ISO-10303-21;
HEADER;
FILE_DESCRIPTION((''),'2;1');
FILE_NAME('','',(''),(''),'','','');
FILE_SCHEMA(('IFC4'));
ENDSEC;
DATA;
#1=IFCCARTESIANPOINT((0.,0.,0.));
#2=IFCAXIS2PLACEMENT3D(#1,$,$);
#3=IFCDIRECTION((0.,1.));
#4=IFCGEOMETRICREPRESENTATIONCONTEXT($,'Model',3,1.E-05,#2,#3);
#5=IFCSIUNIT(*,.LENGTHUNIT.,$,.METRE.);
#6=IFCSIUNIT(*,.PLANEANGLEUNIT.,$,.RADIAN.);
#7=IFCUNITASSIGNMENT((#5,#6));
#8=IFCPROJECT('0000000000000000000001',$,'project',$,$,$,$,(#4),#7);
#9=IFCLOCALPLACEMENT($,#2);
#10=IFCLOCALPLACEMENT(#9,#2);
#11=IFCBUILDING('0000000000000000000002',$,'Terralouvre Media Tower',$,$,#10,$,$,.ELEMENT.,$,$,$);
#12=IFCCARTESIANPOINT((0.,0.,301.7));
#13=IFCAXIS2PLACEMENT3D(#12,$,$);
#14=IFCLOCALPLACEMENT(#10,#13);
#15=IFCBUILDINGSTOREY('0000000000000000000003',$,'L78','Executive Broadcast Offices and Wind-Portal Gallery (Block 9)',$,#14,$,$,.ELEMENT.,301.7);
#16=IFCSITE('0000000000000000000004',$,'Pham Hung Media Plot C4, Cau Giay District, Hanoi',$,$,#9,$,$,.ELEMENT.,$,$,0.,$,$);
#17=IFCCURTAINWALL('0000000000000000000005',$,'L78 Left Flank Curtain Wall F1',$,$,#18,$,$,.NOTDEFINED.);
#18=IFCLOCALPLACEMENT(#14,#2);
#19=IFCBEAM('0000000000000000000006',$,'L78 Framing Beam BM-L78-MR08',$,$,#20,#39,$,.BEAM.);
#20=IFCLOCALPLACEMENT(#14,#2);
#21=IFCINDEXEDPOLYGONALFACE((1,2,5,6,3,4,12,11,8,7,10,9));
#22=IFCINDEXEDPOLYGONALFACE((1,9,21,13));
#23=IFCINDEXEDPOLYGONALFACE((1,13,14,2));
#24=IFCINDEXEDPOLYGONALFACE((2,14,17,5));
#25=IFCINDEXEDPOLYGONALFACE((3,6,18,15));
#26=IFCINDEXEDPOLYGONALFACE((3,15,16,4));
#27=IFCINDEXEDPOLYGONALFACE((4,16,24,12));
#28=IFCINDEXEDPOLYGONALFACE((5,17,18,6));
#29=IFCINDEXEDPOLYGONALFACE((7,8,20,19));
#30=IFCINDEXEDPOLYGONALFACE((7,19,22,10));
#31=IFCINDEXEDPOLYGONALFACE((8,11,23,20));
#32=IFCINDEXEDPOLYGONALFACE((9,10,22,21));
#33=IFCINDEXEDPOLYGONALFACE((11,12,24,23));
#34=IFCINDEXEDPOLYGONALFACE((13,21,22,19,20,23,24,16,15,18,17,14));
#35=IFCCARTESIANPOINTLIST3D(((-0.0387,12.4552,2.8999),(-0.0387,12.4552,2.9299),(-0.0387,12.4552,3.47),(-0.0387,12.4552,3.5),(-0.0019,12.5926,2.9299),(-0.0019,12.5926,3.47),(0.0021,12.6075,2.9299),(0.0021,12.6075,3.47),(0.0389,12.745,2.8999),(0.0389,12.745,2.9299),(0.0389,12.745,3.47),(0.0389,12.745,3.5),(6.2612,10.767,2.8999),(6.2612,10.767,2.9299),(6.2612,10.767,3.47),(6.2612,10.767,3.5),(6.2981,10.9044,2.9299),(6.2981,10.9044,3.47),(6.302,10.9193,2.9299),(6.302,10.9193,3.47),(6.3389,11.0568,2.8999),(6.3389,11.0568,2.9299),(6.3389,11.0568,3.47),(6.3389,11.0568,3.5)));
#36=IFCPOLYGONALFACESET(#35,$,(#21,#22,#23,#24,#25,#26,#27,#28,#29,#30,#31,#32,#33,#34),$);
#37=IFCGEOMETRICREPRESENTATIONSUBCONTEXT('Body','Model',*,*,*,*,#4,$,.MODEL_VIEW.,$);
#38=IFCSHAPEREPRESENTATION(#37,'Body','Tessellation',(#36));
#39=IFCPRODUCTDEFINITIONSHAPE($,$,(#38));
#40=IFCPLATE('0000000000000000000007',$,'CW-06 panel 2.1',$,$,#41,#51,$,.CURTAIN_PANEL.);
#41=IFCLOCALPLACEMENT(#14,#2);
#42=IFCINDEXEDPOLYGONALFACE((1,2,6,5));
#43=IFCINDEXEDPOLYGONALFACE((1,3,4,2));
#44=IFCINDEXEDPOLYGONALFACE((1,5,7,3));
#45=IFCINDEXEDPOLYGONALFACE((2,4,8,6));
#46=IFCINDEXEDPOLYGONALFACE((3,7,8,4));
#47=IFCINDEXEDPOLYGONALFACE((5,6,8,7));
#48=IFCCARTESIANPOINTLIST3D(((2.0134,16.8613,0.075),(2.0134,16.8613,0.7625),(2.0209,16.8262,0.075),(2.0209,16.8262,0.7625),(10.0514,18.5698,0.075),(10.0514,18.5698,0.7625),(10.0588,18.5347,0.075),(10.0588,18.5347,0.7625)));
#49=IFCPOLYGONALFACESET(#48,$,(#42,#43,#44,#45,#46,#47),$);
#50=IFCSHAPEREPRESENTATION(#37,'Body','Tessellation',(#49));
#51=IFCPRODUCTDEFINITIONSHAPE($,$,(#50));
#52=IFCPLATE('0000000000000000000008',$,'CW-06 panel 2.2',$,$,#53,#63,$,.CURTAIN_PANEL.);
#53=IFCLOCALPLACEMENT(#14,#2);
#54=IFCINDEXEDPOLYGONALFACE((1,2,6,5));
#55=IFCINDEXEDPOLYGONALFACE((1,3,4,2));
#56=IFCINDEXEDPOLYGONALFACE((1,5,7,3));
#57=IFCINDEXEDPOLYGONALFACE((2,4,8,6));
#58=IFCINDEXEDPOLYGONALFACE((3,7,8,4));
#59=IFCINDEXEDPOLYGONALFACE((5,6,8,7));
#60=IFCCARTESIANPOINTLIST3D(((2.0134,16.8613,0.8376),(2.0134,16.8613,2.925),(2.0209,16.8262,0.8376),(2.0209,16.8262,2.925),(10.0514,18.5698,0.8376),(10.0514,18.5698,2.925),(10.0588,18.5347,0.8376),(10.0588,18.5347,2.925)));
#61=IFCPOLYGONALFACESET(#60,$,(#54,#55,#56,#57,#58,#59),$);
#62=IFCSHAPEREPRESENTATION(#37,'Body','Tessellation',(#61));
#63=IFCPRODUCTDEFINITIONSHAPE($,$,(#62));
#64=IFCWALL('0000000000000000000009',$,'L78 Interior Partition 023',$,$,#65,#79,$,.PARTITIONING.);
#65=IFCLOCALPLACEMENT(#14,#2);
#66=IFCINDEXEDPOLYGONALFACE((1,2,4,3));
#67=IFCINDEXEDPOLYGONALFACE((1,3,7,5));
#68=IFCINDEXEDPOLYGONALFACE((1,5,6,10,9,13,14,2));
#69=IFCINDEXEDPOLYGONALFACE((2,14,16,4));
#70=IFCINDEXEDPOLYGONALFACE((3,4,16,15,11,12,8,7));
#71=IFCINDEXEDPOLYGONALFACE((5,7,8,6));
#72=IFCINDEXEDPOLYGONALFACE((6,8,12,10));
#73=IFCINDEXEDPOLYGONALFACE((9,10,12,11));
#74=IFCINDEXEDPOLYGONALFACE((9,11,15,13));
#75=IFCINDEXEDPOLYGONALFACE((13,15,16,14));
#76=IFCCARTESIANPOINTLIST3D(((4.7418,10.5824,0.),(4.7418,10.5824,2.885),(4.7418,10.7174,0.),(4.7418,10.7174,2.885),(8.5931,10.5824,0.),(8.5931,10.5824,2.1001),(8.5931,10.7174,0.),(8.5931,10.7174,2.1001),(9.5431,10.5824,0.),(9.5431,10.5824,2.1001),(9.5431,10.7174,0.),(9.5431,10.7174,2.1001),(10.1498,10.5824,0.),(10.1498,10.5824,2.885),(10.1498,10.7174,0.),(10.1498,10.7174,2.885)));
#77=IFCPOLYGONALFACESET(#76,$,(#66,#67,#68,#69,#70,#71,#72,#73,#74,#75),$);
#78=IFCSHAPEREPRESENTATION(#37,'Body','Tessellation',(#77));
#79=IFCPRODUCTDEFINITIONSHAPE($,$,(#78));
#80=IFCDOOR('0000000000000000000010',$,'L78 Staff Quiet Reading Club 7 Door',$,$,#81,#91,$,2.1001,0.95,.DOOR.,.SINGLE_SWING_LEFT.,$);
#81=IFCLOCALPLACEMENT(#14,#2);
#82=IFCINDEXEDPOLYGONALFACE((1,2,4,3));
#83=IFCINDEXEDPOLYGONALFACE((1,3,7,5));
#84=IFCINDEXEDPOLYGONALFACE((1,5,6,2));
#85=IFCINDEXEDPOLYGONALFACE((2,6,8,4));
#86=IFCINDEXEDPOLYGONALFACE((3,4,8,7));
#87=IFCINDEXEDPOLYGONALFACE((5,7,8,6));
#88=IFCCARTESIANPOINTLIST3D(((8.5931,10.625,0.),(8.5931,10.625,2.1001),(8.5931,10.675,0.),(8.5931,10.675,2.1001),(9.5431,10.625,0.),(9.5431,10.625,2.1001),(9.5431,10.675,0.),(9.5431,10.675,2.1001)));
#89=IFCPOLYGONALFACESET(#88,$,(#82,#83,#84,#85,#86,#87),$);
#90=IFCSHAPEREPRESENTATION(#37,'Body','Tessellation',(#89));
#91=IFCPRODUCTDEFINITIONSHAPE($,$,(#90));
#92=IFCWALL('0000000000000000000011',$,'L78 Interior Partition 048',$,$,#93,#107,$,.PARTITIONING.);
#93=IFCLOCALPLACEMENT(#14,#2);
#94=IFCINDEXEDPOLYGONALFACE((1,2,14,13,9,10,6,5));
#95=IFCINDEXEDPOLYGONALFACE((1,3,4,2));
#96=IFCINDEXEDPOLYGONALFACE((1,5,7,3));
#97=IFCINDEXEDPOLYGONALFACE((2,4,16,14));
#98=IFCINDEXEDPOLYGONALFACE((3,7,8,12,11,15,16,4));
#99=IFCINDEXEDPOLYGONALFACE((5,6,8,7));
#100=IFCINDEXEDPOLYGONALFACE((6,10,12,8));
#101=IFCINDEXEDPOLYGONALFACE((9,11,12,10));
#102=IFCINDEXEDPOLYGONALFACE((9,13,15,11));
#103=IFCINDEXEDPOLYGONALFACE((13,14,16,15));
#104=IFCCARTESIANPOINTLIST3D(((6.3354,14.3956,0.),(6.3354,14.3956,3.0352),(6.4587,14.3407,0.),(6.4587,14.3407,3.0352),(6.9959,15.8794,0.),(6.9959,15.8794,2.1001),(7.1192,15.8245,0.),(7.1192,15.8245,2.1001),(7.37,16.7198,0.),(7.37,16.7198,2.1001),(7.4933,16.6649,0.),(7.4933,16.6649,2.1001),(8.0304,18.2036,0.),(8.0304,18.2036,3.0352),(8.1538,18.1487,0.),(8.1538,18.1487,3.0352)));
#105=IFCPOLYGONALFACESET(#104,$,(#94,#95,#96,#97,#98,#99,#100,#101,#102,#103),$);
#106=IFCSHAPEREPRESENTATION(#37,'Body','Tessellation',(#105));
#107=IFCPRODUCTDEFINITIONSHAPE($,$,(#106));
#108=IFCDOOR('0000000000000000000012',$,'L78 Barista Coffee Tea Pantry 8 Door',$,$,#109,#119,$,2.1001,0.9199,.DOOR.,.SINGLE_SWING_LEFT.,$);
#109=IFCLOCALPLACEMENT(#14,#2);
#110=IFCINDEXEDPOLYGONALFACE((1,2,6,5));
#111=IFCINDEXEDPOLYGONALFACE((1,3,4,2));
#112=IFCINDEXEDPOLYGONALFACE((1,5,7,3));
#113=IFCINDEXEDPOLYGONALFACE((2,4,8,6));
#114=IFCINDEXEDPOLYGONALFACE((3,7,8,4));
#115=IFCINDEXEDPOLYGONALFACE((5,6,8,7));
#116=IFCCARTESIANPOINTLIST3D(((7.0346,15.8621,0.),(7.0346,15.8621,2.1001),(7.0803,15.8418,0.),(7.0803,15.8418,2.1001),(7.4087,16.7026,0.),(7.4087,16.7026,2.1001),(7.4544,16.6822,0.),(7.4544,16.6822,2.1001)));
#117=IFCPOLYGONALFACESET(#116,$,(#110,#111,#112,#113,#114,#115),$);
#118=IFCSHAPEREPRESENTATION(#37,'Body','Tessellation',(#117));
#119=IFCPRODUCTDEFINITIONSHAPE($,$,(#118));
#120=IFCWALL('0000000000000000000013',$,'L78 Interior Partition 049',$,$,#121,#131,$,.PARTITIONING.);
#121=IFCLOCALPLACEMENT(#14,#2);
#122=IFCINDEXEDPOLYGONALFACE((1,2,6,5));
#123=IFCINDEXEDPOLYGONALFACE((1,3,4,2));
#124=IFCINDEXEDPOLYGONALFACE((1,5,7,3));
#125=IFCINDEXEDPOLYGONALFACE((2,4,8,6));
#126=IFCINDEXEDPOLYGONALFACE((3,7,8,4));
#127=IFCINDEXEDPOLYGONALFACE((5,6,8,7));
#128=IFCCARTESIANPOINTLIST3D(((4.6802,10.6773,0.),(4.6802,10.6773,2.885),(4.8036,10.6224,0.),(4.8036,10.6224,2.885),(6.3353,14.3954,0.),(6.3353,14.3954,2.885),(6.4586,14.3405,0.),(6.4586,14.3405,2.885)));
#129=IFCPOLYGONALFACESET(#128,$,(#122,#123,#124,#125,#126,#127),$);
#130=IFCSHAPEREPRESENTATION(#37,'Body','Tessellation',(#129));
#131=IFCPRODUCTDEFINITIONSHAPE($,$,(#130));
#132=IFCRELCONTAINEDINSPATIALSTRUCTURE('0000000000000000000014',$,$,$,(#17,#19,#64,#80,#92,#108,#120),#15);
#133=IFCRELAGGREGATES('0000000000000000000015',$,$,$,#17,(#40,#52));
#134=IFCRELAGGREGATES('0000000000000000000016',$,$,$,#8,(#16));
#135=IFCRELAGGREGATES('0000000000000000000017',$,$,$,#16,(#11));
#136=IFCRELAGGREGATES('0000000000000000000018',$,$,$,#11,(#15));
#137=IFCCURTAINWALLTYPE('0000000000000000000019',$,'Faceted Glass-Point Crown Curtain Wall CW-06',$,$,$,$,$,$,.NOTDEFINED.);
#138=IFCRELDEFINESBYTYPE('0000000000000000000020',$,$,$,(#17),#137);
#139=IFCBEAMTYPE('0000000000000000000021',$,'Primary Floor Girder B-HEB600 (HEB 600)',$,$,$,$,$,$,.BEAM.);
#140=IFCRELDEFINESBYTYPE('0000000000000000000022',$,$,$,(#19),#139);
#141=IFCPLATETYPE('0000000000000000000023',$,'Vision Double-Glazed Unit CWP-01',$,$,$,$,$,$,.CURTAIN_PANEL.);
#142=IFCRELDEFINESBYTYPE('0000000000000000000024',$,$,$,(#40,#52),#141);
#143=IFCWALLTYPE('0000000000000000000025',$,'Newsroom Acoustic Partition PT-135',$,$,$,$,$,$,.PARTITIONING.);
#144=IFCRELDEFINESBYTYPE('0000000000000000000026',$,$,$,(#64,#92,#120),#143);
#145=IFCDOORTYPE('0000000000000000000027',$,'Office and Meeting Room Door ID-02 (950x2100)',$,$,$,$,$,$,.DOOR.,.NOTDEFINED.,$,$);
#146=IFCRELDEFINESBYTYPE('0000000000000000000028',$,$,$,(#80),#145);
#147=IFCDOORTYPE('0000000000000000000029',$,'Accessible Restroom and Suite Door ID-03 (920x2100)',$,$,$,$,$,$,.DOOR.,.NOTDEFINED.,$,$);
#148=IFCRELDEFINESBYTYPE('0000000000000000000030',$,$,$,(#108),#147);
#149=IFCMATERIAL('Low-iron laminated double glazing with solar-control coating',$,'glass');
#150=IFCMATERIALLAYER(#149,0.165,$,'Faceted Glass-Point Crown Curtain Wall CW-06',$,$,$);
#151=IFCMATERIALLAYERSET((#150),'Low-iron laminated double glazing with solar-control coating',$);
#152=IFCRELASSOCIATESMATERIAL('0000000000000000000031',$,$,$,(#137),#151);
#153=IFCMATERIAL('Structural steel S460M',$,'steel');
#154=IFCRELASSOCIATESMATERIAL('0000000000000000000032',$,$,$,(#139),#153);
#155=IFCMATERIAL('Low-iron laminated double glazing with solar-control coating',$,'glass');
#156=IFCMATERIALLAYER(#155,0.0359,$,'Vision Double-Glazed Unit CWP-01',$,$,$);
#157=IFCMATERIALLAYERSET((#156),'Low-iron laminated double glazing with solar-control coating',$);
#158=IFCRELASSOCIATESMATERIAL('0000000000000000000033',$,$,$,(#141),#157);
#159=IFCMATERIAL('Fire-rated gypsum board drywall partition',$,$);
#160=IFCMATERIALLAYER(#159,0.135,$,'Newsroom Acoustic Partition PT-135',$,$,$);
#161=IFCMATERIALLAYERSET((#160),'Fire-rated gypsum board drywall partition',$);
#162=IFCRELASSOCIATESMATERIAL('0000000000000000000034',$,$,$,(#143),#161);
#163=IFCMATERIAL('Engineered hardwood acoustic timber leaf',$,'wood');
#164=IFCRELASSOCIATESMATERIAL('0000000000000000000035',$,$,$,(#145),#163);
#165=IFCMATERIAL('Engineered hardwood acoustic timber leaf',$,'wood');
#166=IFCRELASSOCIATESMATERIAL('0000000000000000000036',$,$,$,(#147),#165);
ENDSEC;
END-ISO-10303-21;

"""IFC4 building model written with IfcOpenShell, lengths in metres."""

from ifc_helpers import new_model, si_unit, direction, frame, frame_2d, origin, origin_2d, place, context, subcontext, project, spatial, rectangle, i_section, extrude, material, layer, layer_set, material_profile, profile_set, type_object, element, fill, aggregate, save


model = new_model("IFC4")

# Units and contexts
model_context = context("Model", 3, precision=1e-05, world=origin(), true_north=direction((0.0, 1.0)))
body_context = subcontext(model_context, "Body", "Model", "MODEL_VIEW")
ifc_project = project(units=[si_unit("LENGTHUNIT", "METRE"), si_unit("PLANEANGLEUNIT", "RADIAN")], contexts=[model_context])

# Site, building, storey
site_placement = place(None, origin())
site = spatial("IfcSite", under=ifc_project, at=site_placement, Name="Pham Hung Media Plot C4, Cau Giay District, Hanoi", CompositionType="ELEMENT", RefElevation=0.0)
building_placement = place(site_placement, origin())
building = spatial("IfcBuilding", under=site, at=building_placement, Name="Terralouvre Media Tower", CompositionType="ELEMENT")
storey_placement = place(building_placement, frame((0.0, 0.0, 301.7)))
storey = spatial("IfcBuildingStorey", under=building, at=storey_placement, Name="L78", Description="Executive Broadcast Offices and Wind-Portal Gallery (Block 9)", CompositionType="ELEMENT", Elevation=301.7)

# Curtain wall
ifc_material_1 = material(Name="Low-iron laminated double glazing with solar-control coating", Category="glass")
ifc_layer_1 = layer(ifc_material_1, 0.165, Name="Faceted Glass-Point Crown Curtain Wall CW-06")
ifc_layer_set_1 = layer_set([ifc_layer_1], Name="Low-iron laminated double glazing with solar-control coating")
curtain_wall_type = type_object("IfcCurtainWallType", Name="Faceted Glass-Point Crown Curtain Wall CW-06", PredefinedType="NOTDEFINED", material=ifc_layer_set_1)
curtain_wall_placement = place(storey_placement, origin())
curtain_wall = element("IfcCurtainWall", 1, at=curtain_wall_placement, inside=storey, type_object=curtain_wall_type, Name="L78 Left Flank Curtain Wall F1", PredefinedType="NOTDEFINED")

# Beam
ifc_material_2 = material(Name="Structural steel S460M", Category="steel")
ifc_material_profile_1 = material_profile(ifc_material_2, i_section(OverallWidth=0.3, OverallDepth=0.6001, WebThickness=0.0154, FlangeThickness=0.03, at=origin_2d()), Name="HEB 600")
ifc_profile_set_1 = profile_set([ifc_material_profile_1], Name="Structural steel S460M")
beam_type_1 = type_object("IfcBeamType", Name="Primary Floor Girder B-HEB600 (HEB 600)", PredefinedType="BEAM", material=ifc_profile_set_1)
beam_1_placement = place(storey_placement, frame((6.3, 10.9119, 3.2), z_axis=(-0.96592, 0.258839, 0.0), x_axis=(-0.258839, -0.96592, 0.0)))
element("IfcBeam", 2, at=beam_1_placement, inside=storey, type_object=beam_type_1, Name="L78 Framing Beam BM-L78-MR08", PredefinedType="BEAM", context=body_context, shape_type="SweptSolid", body=[
    extrude(i_section(OverallWidth=0.3, OverallDepth=0.6001, WebThickness=0.0154, FlangeThickness=0.03, at=origin_2d()), origin(), (0.0, 0.0, 1.0), 6.5222),
])

# Plates
ifc_material_3 = material(Name="Low-iron laminated double glazing with solar-control coating", Category="glass")
ifc_layer_2 = layer(ifc_material_3, 0.0359, Name="Vision Double-Glazed Unit CWP-01")
ifc_layer_set_2 = layer_set([ifc_layer_2], Name="Low-iron laminated double glazing with solar-control coating")
plate_type = type_object("IfcPlateType", Name="Vision Double-Glazed Unit CWP-01", PredefinedType="CURTAIN_PANEL", material=ifc_layer_set_2)
plate_1_placement = place(storey_placement, frame((6.0361, 17.698, 0.075), z_axis=(0.0, 0.0, 1.0), x_axis=(-0.978148, -0.207912, 0.0)))
plate_1 = element("IfcPlate", 3, at=plate_1_placement, type_object=plate_type, Name="CW-06 panel 2.1", PredefinedType="CURTAIN_PANEL", context=body_context, shape_type="SweptSolid", body=[
    extrude(rectangle(XDim=8.2175, YDim=0.0359, at=origin_2d()), origin(), (0.0, 0.0, 1.0), 0.6875),
])
plate_2_placement = place(storey_placement, frame((6.0361, 17.698, 0.8376), z_axis=(0.0, 0.0, 1.0), x_axis=(-0.978148, -0.207912, 0.0)))
plate_2 = element("IfcPlate", 4, at=plate_2_placement, type_object=plate_type, Name="CW-06 panel 2.2", PredefinedType="CURTAIN_PANEL", context=body_context, shape_type="SweptSolid", body=[
    extrude(rectangle(XDim=8.2175, YDim=0.0359, at=origin_2d()), origin(), (0.0, 0.0, 1.0), 2.0874),
])
aggregate(curtain_wall, [plate_1, plate_2])

# Walls, openings, doors
ifc_material_4 = material(Name="Fire-rated gypsum board drywall partition")
ifc_layer_3 = layer(ifc_material_4, 0.135, Name="Newsroom Acoustic Partition PT-135")
ifc_layer_set_3 = layer_set([ifc_layer_3], Name="Fire-rated gypsum board drywall partition")
wall_type_1 = type_object("IfcWallType", Name="Newsroom Acoustic Partition PT-135", PredefinedType="PARTITIONING", material=ifc_layer_set_3)
wall_1_placement = place(storey_placement, frame((10.1499, 10.6499, 0.0), z_axis=(0.0, 0.0, 1.0), x_axis=(-1.0, 0.0, 0.0)))
wall_1 = element("IfcWall", 5, at=wall_1_placement, inside=storey, type_object=wall_type_1, Name="L78 Interior Partition 023", PredefinedType="PARTITIONING", context=body_context, shape_type="SweptSolid", body=[
    extrude(rectangle(XDim=5.408, YDim=0.135, at=frame_2d((2.7041, 0.0))), origin(), (0.0, 0.0, 1.0), 2.885),
])
opening_1_placement = place(wall_1_placement, frame((0.6067, 0.0, 0.0)))
opening_1 = element("IfcOpeningElement", 6, at=opening_1_placement, cuts=wall_1, PredefinedType="OPENING", context=body_context, shape_type="SweptSolid", body=[
    extrude(rectangle(XDim=0.95, YDim=2.1001, at=frame_2d((0.4751, 1.05))), frame((0.0, 0.0774, 0.0), z_axis=(0.0, -1.0, 0.0), x_axis=(1.0, 0.0, 0.0)), (0.0, 0.0, 1.0), 0.155),
])
ifc_material_5 = material(Name="Engineered hardwood acoustic timber leaf", Category="wood")
door_type_1 = type_object("IfcDoorType", Name="Office and Meeting Room Door ID-02 (950x2100)", OperationType="NOTDEFINED", PredefinedType="DOOR", material=ifc_material_5)
door_1_placement = place(opening_1_placement, origin())
door_1 = element("IfcDoor", 7, at=door_1_placement, inside=storey, type_object=door_type_1, Name="L78 Staff Quiet Reading Club 7 Door", OperationType="SINGLE_SWING_LEFT", OverallHeight=2.1001, OverallWidth=0.95, PredefinedType="DOOR", context=body_context, shape_type="SweptSolid", body=[
    extrude(rectangle(XDim=0.95, YDim=2.1001, at=frame_2d((0.4751, 1.05))), frame((0.0, 0.0249, 0.0), z_axis=(0.0, -1.0, 0.0), x_axis=(1.0, 0.0, 0.0)), (0.0, 0.0, 1.0), 0.05),
])
fill(opening_1, door_1)
wall_2_placement = place(storey_placement, frame((8.092, 18.176, 0.0), z_axis=(0.0, 0.0, 1.0), x_axis=(-0.406655, -0.913582, 0.0)))
wall_2 = element("IfcWall", 8, at=wall_2_placement, inside=storey, type_object=wall_type_1, Name="L78 Interior Partition 048", PredefinedType="PARTITIONING", context=body_context, shape_type="SweptSolid", body=[
    extrude(rectangle(XDim=4.1682, YDim=0.135, at=frame_2d((2.084, 0.0))), origin(), (0.0, 0.0, 1.0), 3.0352),
])
opening_2_placement = place(wall_2_placement, frame((1.624, 0.0, 0.0)))
opening_2 = element("IfcOpeningElement", 9, at=opening_2_placement, cuts=wall_2, PredefinedType="OPENING", context=body_context, shape_type="SweptSolid", body=[
    extrude(rectangle(XDim=0.9199, YDim=2.1001, at=frame_2d((0.46, 1.05))), frame((0.0, 0.0774, 0.0), z_axis=(0.0, -1.0, 0.0), x_axis=(1.0, 0.0, 0.0)), (0.0, 0.0, 1.0), 0.155),
])
ifc_material_6 = material(Name="Engineered hardwood acoustic timber leaf", Category="wood")
door_type_2 = type_object("IfcDoorType", Name="Accessible Restroom and Suite Door ID-03 (920x2100)", OperationType="NOTDEFINED", PredefinedType="DOOR", material=ifc_material_6)
door_2_placement = place(opening_2_placement, origin())
door_2 = element("IfcDoor", 10, at=door_2_placement, inside=storey, type_object=door_type_2, Name="L78 Barista Coffee Tea Pantry 8 Door", OperationType="SINGLE_SWING_LEFT", OverallHeight=2.1001, OverallWidth=0.9199, PredefinedType="DOOR", context=body_context, shape_type="SweptSolid", body=[
    extrude(rectangle(XDim=0.9199, YDim=2.1001, at=frame_2d((0.46, 1.05))), frame((0.0, 0.0249, 0.0), z_axis=(0.0, -1.0, 0.0), x_axis=(1.0, 0.0, 0.0)), (0.0, 0.0, 1.0), 0.05),
])
fill(opening_2, door_2)

# Wall
wall_3_placement = place(storey_placement, frame((6.397, 14.3679, 0.0), z_axis=(0.0, 0.0, 1.0), x_axis=(-0.406667, -0.913576, 0.0)))
element("IfcWall", 11, at=wall_3_placement, inside=storey, type_object=wall_type_1, Name="L78 Interior Partition 049", PredefinedType="PARTITIONING", context=body_context, shape_type="SweptSolid", body=[
    extrude(rectangle(XDim=4.0698, YDim=0.135, at=frame_2d((2.0349, 0.0))), origin(), (0.0, 0.0, 1.0), 2.885),
])

save(model, "model.ifc")
